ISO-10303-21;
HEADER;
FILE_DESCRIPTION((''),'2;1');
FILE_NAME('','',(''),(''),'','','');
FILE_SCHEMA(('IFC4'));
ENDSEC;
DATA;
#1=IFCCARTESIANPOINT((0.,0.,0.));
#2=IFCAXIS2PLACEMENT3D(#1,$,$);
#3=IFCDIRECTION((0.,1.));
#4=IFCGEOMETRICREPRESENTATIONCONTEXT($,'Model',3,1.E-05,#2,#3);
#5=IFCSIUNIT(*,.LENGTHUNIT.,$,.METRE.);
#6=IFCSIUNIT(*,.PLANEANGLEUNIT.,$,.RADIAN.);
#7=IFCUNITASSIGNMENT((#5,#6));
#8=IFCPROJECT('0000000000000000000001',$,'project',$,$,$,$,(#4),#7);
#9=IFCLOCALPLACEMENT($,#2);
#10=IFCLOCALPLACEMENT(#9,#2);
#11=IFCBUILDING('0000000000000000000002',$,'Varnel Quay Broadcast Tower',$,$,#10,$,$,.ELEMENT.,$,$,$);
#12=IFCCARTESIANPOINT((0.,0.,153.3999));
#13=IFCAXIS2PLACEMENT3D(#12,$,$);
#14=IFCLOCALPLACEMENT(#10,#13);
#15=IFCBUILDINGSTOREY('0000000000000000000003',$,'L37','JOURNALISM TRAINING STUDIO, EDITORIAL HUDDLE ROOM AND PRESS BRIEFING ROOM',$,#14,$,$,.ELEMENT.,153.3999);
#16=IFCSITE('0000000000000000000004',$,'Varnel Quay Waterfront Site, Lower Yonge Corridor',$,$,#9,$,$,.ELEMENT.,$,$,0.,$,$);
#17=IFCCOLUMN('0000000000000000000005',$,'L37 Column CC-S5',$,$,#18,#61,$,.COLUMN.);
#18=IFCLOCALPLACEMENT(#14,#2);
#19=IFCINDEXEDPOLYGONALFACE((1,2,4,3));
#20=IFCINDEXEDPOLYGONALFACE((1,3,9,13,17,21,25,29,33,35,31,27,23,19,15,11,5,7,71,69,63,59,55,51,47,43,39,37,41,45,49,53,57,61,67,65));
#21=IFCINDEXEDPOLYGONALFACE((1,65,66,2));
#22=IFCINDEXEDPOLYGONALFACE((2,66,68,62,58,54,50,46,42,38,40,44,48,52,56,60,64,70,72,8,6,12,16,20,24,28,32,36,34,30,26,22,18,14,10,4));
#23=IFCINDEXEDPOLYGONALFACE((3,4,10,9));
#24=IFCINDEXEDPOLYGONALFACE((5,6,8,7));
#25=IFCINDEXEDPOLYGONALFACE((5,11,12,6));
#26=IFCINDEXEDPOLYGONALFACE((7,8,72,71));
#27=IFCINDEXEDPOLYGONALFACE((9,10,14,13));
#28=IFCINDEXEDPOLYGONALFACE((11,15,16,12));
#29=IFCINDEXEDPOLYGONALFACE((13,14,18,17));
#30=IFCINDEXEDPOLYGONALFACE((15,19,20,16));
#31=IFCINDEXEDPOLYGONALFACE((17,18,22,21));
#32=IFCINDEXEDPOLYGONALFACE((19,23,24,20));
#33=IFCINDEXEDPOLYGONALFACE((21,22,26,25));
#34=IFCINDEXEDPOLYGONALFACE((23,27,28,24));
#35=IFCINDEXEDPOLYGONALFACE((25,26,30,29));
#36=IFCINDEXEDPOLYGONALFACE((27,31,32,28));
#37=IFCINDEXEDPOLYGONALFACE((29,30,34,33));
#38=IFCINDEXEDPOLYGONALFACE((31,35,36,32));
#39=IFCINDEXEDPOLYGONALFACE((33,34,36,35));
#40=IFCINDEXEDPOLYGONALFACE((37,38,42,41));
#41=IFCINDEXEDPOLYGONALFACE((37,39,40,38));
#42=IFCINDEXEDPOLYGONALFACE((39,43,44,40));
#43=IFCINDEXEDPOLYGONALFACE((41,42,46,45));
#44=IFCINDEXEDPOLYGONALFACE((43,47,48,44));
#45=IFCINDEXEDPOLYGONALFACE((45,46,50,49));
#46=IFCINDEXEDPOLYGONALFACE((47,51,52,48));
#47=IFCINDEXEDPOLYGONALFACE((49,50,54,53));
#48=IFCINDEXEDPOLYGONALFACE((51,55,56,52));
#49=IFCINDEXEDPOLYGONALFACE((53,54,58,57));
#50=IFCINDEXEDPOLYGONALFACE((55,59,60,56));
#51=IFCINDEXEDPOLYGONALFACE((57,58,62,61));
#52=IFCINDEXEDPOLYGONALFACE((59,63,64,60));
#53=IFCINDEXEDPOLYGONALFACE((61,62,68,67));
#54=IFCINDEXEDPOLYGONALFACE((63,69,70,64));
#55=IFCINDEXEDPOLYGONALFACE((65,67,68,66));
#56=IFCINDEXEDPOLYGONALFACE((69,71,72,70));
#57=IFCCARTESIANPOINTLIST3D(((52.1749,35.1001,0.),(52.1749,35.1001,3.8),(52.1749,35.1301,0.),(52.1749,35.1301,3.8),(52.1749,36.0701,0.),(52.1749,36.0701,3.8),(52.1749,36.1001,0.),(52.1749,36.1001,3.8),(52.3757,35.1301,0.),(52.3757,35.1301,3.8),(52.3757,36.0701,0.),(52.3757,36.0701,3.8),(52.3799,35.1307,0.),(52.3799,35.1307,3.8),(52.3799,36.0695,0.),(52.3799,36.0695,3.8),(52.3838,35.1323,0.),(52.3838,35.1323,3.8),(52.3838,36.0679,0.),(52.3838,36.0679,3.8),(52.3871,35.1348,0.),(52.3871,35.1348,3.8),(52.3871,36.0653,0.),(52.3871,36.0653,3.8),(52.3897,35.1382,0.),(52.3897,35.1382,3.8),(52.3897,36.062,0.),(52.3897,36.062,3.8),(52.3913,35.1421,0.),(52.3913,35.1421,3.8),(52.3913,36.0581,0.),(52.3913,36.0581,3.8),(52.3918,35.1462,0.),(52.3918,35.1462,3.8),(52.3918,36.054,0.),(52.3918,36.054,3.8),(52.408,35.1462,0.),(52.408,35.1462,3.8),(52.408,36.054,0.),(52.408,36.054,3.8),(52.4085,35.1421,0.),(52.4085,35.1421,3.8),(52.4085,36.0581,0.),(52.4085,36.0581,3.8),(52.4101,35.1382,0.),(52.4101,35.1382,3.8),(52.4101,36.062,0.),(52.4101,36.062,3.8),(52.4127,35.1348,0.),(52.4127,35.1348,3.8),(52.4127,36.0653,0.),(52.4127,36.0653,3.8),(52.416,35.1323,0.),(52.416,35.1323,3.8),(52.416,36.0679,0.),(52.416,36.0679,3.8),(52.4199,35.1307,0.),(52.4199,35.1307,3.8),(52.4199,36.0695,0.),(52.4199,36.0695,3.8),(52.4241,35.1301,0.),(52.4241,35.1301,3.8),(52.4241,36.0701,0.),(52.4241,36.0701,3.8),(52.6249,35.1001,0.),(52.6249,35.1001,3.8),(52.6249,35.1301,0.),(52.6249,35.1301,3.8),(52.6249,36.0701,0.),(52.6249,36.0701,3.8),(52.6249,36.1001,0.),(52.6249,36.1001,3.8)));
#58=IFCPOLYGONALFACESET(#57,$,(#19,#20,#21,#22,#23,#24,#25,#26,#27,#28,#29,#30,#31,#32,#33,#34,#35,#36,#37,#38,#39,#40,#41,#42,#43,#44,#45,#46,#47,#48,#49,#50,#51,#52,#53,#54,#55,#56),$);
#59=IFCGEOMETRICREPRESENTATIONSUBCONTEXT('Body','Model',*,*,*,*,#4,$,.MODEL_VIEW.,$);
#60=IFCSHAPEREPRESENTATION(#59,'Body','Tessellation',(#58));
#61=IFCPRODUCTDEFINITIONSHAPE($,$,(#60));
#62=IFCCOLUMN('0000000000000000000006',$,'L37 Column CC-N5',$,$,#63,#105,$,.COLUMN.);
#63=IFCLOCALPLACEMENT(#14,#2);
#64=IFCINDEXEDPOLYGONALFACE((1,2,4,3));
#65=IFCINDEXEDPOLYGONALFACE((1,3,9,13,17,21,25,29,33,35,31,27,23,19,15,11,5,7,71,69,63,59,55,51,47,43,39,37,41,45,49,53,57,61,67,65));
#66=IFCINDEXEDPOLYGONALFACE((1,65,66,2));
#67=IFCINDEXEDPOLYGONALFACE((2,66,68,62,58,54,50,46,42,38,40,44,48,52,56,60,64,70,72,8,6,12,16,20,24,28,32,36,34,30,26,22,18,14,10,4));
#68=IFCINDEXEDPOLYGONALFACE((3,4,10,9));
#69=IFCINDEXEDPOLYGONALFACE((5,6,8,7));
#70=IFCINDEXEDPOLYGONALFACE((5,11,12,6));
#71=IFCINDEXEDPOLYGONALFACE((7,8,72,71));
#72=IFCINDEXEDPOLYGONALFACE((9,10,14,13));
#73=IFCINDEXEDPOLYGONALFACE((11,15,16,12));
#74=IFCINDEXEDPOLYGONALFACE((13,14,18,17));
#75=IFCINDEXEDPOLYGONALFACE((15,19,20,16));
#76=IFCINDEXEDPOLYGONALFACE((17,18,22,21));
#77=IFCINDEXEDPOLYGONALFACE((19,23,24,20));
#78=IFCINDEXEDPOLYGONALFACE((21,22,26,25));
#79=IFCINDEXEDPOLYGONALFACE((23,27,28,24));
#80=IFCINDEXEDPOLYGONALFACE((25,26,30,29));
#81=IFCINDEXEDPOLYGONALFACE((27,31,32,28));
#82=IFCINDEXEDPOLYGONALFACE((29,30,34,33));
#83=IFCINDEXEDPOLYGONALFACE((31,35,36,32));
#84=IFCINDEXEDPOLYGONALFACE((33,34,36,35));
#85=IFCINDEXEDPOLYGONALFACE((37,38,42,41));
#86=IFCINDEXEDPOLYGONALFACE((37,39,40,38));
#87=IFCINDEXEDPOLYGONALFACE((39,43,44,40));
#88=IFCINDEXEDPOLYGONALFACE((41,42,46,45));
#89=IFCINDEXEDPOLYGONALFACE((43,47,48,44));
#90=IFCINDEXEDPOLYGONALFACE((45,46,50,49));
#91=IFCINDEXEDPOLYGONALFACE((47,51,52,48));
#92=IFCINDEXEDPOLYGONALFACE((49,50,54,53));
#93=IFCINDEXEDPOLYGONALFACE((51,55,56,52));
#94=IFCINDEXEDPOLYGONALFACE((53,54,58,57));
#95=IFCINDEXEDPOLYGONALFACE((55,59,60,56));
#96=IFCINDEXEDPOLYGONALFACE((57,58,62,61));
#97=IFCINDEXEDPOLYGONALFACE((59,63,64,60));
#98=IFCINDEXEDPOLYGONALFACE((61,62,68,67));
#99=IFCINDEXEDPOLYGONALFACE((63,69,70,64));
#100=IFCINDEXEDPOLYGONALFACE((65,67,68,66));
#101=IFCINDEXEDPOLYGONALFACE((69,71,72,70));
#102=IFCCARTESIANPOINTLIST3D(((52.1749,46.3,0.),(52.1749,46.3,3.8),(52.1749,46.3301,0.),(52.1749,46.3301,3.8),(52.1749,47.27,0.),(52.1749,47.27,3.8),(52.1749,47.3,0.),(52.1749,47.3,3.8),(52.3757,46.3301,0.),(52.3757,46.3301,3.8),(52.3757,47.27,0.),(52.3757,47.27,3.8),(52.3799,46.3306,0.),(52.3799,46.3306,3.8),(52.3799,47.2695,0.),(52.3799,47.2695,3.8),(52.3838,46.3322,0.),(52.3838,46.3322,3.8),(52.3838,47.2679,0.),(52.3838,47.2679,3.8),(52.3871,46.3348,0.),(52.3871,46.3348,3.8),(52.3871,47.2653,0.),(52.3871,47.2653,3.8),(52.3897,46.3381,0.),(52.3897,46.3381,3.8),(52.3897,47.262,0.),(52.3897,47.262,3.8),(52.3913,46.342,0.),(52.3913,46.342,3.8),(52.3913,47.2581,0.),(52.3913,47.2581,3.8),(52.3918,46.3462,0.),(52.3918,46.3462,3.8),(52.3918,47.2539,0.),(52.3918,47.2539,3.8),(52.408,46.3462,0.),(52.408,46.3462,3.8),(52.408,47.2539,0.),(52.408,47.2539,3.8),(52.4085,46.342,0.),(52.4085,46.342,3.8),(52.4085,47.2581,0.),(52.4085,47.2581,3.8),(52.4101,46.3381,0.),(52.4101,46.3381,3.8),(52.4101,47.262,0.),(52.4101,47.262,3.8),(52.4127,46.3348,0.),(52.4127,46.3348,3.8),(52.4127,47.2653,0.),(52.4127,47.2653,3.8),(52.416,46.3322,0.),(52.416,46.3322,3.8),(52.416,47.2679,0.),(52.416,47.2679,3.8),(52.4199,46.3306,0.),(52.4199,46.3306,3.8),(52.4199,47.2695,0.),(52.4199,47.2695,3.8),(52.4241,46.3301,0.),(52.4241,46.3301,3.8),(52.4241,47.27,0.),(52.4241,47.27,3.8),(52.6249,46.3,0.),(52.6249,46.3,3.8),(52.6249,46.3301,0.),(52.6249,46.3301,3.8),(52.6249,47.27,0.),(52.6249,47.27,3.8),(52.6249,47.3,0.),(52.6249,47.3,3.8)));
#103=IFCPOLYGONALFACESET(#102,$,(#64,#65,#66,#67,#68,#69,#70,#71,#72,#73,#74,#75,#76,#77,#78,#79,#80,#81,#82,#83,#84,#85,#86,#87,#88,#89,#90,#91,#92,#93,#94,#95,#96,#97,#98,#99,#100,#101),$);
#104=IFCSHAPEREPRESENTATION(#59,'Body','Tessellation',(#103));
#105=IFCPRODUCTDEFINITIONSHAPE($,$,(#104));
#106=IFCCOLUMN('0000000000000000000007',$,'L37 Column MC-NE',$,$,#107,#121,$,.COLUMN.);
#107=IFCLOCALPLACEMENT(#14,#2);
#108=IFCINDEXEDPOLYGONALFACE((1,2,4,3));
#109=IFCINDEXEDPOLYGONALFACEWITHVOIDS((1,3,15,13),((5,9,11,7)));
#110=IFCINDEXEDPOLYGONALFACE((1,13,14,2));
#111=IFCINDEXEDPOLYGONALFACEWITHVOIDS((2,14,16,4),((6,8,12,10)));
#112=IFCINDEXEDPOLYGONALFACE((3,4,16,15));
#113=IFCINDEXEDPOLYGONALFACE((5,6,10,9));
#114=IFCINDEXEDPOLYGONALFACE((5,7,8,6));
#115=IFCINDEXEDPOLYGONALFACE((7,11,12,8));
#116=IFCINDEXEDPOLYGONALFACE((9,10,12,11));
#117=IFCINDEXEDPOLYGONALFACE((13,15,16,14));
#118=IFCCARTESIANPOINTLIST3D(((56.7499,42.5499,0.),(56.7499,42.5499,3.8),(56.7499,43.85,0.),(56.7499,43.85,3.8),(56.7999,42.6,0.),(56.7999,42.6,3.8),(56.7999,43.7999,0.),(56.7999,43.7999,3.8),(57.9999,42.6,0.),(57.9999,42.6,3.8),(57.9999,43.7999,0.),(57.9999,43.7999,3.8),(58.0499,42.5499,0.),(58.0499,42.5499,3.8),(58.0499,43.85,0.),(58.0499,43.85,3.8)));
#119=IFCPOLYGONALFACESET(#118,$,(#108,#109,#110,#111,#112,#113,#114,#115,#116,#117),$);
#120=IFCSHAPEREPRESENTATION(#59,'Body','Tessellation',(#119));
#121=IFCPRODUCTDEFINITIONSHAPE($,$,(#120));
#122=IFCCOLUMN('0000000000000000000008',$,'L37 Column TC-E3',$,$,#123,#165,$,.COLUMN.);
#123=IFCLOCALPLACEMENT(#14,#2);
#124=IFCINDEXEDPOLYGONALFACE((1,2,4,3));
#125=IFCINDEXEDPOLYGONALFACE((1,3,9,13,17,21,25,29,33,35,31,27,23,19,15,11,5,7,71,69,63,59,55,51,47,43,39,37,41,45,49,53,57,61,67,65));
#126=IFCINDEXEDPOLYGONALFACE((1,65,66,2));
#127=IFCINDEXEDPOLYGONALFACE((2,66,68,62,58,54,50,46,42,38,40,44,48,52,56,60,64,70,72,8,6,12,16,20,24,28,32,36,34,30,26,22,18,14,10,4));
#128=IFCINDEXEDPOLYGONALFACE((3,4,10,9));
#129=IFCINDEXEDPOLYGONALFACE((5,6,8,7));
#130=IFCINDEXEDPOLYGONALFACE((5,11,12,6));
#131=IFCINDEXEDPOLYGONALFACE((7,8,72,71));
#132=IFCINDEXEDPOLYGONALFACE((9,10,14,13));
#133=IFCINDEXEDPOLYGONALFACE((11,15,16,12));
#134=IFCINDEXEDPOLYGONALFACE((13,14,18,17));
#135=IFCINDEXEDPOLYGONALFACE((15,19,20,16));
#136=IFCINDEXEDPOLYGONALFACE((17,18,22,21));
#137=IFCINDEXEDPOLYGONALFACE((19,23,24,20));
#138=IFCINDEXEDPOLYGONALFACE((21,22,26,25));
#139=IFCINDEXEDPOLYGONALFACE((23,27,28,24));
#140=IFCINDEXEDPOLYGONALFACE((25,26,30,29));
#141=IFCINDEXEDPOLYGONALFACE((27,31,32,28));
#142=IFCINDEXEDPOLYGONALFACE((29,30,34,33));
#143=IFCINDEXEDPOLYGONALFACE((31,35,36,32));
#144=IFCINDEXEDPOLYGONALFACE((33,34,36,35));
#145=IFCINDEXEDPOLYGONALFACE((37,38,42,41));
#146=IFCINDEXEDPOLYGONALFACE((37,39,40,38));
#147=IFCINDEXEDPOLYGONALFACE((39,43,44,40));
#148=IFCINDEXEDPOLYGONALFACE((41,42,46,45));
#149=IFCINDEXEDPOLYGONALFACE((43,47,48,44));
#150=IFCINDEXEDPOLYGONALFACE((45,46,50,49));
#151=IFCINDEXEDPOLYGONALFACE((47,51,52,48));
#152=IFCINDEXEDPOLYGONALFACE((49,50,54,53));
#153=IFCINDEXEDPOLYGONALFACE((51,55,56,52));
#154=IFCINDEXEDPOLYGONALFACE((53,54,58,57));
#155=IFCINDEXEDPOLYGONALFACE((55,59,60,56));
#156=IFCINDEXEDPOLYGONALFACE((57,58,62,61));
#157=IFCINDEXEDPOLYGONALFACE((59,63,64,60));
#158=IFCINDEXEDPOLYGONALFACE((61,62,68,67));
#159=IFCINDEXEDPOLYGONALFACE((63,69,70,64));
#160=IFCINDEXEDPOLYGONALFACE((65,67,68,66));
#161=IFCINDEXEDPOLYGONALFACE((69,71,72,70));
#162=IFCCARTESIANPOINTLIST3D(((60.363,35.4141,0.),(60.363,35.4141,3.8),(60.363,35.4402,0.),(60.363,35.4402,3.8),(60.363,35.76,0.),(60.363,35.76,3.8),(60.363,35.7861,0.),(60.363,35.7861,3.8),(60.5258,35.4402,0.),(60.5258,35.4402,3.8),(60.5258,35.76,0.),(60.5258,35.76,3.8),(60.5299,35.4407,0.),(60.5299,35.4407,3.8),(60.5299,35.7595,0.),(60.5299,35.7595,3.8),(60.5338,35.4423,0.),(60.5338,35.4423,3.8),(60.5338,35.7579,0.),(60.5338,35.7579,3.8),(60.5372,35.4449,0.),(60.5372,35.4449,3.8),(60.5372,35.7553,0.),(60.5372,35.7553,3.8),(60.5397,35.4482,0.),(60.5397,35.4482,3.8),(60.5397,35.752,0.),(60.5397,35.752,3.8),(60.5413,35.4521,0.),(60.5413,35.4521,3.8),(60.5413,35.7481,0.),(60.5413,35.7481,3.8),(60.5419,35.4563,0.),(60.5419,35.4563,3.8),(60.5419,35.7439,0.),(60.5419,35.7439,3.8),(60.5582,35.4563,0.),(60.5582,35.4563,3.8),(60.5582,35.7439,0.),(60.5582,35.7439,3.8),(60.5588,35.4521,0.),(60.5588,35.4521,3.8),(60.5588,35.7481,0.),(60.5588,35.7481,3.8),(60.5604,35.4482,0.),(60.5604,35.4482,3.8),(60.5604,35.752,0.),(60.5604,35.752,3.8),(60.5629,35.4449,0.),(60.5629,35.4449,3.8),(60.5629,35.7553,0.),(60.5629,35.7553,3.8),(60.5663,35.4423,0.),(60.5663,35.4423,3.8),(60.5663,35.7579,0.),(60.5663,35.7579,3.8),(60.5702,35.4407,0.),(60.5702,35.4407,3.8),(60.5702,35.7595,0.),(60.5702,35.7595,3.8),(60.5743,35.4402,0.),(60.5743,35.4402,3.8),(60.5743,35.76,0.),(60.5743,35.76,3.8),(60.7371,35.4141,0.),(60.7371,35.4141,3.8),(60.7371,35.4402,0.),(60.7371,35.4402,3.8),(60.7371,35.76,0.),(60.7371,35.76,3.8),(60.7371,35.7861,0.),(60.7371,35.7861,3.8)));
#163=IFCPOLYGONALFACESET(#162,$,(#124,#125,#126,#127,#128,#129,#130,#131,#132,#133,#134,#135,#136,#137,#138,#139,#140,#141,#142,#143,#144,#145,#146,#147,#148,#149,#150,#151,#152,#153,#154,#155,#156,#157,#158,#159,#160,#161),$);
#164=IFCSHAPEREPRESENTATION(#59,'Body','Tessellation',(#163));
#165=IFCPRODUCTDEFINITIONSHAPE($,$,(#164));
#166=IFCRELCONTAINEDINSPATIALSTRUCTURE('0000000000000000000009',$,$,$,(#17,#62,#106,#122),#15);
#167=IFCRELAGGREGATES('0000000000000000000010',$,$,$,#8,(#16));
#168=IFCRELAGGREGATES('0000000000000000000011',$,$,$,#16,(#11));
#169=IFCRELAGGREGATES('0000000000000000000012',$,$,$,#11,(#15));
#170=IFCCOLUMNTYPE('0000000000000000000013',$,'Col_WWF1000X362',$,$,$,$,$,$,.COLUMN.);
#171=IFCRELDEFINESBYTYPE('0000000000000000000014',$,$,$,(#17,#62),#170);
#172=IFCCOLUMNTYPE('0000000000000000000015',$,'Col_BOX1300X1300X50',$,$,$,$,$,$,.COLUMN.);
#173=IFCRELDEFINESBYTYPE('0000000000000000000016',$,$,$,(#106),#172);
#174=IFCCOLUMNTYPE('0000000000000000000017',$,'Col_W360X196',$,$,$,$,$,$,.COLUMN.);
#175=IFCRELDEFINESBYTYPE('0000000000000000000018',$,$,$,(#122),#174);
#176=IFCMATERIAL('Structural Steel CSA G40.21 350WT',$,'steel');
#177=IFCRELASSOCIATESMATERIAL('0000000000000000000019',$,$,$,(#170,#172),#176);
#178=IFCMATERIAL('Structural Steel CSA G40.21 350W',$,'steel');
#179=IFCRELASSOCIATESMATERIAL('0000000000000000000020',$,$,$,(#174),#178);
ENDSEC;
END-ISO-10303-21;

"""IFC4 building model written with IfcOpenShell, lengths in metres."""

from ifc_helpers import new_model, si_unit, direction, frame, origin, origin_2d, place, context, subcontext, project, spatial, hollow_rectangle, i_section, extrude, source, transform, mapped, material, material_profile, profile_set, type_object, type_shapes, element, save


model = new_model("IFC4")

# Units and contexts
model_context = context("Model", 3, precision=1e-05, world=origin(), true_north=direction((0.0, 1.0)))
body_context = subcontext(model_context, "Body", "Model", "MODEL_VIEW")
ifc_project = project(units=[si_unit("LENGTHUNIT", "METRE"), si_unit("PLANEANGLEUNIT", "RADIAN")], contexts=[model_context])

# Site, building, storey
site_placement = place(None, origin())
site = spatial("IfcSite", under=ifc_project, at=site_placement, Name="Varnel Quay Waterfront Site, Lower Yonge Corridor", CompositionType="ELEMENT", RefElevation=0.0)
building_placement = place(site_placement, origin())
building = spatial("IfcBuilding", under=site, at=building_placement, Name="Varnel Quay Broadcast Tower", CompositionType="ELEMENT")
storey_placement = place(building_placement, frame((0.0, 0.0, 153.3999)))
storey = spatial("IfcBuildingStorey", under=building, at=storey_placement, Name="L37", Description="JOURNALISM TRAINING STUDIO, EDITORIAL HUDDLE ROOM AND PRESS BRIEFING ROOM", CompositionType="ELEMENT", Elevation=153.3999)

# Columns
ifc_material_1 = material(Name="Structural Steel CSA G40.21 350WT", Category="steel")
ifc_material_profile_1 = material_profile(ifc_material_1, i_section(OverallWidth=0.45, OverallDepth=1.0, WebThickness=0.0161, FlangeThickness=0.03, FilletRadius=0.0161, at=origin_2d()), Name="WWF1000X362")
ifc_profile_set_1 = profile_set([ifc_material_profile_1], Name="Structural Steel CSA G40.21 350WT")
column_type_1 = type_object("IfcColumnType", Name="Col_WWF1000X362", PredefinedType="COLUMN", material=ifc_profile_set_1)
shared_shape_1 = source(origin(), body_context, "Body", "SweptSolid", [
    extrude(i_section(OverallWidth=0.45, OverallDepth=1.0, WebThickness=0.0161, FlangeThickness=0.03, FilletRadius=0.0161, at=origin_2d()), origin(), (0.0, 0.0, 1.0), 3.8),
])
type_shapes(column_type_1, [shared_shape_1])
for number, where, z_axis, x_axis, name in (
    (1, (52.3999, 35.6001, 0.0), (0.0, 0.0, 1.0), (1.0, 0.0, 0.0), "L37 Column CC-S5"),
    (2, (52.3999, 46.8, 0.0), (0.0, 0.0, 1.0), (1.0, 0.0, 0.0), "L37 Column CC-N5"),
):
    element("IfcColumn", number, at=place(storey_placement, frame(where, z_axis=z_axis, x_axis=x_axis)), inside=storey, type_object=column_type_1, Name=name, PredefinedType="COLUMN", context=body_context, shape_type="MappedRepresentation", body=[
        mapped(shared_shape_1, transform((0.0, 0.0, 0.0), x_axis=(1.0, 0.0, 0.0), y_axis=(0.0, 1.0, 0.0), z_axis=(0.0, 0.0, 1.0), scale=1.0)),
    ])
ifc_material_profile_2 = material_profile(ifc_material_1, hollow_rectangle(XDim=1.3, YDim=1.3, WallThickness=0.05, at=origin_2d()), Name="BOX1300X1300X50")
ifc_profile_set_2 = profile_set([ifc_material_profile_2], Name="Structural Steel CSA G40.21 350WT")
column_type_2 = type_object("IfcColumnType", Name="Col_BOX1300X1300X50", PredefinedType="COLUMN", material=ifc_profile_set_2)
shared_shape_2 = source(origin(), body_context, "Body", "SweptSolid", [
    extrude(hollow_rectangle(XDim=1.3, YDim=1.3, WallThickness=0.05, at=origin_2d()), origin(), (0.0, 0.0, 1.0), 3.8),
])
type_shapes(column_type_2, [shared_shape_2])
column_1_placement = place(storey_placement, frame((57.3999, 43.2, 0.0), z_axis=(0.0, 0.0, 1.0), x_axis=(1.0, 0.0, 0.0)))
element("IfcColumn", 3, at=column_1_placement, inside=storey, type_object=column_type_2, Name="L37 Column MC-NE", PredefinedType="COLUMN", context=body_context, shape_type="MappedRepresentation", body=[
    mapped(shared_shape_2, transform((0.0, 0.0, 0.0), x_axis=(1.0, 0.0, 0.0), y_axis=(0.0, 1.0, 0.0), z_axis=(0.0, 0.0, 1.0), scale=1.0)),
])
ifc_material_2 = material(Name="Structural Steel CSA G40.21 350W", Category="steel")
ifc_material_profile_3 = material_profile(ifc_material_2, i_section(OverallWidth=0.374, OverallDepth=0.3721, WebThickness=0.0164, FlangeThickness=0.0261, FilletRadius=0.0161, at=origin_2d()), Name="W360X196")
ifc_profile_set_3 = profile_set([ifc_material_profile_3], Name="Structural Steel CSA G40.21 350W")
column_type_3 = type_object("IfcColumnType", Name="Col_W360X196", PredefinedType="COLUMN", material=ifc_profile_set_3)
shared_shape_3 = source(origin(), body_context, "Body", "SweptSolid", [
    extrude(i_section(OverallWidth=0.374, OverallDepth=0.3721, WebThickness=0.0164, FlangeThickness=0.0261, FilletRadius=0.0161, at=origin_2d()), origin(), (0.0, 0.0, 1.0), 3.8),
])
type_shapes(column_type_3, [shared_shape_3])
column_2_placement = place(storey_placement, frame((60.55, 35.6001, 0.0), z_axis=(0.0, 0.0, 1.0), x_axis=(1.0, 0.0, 0.0)))
element("IfcColumn", 4, at=column_2_placement, inside=storey, type_object=column_type_3, Name="L37 Column TC-E3", PredefinedType="COLUMN", context=body_context, shape_type="MappedRepresentation", body=[
    mapped(shared_shape_3, transform((0.0, 0.0, 0.0), x_axis=(1.0, 0.0, 0.0), y_axis=(0.0, 1.0, 0.0), z_axis=(0.0, 0.0, 1.0), scale=1.0)),
])

save(model, "model.ifc")
